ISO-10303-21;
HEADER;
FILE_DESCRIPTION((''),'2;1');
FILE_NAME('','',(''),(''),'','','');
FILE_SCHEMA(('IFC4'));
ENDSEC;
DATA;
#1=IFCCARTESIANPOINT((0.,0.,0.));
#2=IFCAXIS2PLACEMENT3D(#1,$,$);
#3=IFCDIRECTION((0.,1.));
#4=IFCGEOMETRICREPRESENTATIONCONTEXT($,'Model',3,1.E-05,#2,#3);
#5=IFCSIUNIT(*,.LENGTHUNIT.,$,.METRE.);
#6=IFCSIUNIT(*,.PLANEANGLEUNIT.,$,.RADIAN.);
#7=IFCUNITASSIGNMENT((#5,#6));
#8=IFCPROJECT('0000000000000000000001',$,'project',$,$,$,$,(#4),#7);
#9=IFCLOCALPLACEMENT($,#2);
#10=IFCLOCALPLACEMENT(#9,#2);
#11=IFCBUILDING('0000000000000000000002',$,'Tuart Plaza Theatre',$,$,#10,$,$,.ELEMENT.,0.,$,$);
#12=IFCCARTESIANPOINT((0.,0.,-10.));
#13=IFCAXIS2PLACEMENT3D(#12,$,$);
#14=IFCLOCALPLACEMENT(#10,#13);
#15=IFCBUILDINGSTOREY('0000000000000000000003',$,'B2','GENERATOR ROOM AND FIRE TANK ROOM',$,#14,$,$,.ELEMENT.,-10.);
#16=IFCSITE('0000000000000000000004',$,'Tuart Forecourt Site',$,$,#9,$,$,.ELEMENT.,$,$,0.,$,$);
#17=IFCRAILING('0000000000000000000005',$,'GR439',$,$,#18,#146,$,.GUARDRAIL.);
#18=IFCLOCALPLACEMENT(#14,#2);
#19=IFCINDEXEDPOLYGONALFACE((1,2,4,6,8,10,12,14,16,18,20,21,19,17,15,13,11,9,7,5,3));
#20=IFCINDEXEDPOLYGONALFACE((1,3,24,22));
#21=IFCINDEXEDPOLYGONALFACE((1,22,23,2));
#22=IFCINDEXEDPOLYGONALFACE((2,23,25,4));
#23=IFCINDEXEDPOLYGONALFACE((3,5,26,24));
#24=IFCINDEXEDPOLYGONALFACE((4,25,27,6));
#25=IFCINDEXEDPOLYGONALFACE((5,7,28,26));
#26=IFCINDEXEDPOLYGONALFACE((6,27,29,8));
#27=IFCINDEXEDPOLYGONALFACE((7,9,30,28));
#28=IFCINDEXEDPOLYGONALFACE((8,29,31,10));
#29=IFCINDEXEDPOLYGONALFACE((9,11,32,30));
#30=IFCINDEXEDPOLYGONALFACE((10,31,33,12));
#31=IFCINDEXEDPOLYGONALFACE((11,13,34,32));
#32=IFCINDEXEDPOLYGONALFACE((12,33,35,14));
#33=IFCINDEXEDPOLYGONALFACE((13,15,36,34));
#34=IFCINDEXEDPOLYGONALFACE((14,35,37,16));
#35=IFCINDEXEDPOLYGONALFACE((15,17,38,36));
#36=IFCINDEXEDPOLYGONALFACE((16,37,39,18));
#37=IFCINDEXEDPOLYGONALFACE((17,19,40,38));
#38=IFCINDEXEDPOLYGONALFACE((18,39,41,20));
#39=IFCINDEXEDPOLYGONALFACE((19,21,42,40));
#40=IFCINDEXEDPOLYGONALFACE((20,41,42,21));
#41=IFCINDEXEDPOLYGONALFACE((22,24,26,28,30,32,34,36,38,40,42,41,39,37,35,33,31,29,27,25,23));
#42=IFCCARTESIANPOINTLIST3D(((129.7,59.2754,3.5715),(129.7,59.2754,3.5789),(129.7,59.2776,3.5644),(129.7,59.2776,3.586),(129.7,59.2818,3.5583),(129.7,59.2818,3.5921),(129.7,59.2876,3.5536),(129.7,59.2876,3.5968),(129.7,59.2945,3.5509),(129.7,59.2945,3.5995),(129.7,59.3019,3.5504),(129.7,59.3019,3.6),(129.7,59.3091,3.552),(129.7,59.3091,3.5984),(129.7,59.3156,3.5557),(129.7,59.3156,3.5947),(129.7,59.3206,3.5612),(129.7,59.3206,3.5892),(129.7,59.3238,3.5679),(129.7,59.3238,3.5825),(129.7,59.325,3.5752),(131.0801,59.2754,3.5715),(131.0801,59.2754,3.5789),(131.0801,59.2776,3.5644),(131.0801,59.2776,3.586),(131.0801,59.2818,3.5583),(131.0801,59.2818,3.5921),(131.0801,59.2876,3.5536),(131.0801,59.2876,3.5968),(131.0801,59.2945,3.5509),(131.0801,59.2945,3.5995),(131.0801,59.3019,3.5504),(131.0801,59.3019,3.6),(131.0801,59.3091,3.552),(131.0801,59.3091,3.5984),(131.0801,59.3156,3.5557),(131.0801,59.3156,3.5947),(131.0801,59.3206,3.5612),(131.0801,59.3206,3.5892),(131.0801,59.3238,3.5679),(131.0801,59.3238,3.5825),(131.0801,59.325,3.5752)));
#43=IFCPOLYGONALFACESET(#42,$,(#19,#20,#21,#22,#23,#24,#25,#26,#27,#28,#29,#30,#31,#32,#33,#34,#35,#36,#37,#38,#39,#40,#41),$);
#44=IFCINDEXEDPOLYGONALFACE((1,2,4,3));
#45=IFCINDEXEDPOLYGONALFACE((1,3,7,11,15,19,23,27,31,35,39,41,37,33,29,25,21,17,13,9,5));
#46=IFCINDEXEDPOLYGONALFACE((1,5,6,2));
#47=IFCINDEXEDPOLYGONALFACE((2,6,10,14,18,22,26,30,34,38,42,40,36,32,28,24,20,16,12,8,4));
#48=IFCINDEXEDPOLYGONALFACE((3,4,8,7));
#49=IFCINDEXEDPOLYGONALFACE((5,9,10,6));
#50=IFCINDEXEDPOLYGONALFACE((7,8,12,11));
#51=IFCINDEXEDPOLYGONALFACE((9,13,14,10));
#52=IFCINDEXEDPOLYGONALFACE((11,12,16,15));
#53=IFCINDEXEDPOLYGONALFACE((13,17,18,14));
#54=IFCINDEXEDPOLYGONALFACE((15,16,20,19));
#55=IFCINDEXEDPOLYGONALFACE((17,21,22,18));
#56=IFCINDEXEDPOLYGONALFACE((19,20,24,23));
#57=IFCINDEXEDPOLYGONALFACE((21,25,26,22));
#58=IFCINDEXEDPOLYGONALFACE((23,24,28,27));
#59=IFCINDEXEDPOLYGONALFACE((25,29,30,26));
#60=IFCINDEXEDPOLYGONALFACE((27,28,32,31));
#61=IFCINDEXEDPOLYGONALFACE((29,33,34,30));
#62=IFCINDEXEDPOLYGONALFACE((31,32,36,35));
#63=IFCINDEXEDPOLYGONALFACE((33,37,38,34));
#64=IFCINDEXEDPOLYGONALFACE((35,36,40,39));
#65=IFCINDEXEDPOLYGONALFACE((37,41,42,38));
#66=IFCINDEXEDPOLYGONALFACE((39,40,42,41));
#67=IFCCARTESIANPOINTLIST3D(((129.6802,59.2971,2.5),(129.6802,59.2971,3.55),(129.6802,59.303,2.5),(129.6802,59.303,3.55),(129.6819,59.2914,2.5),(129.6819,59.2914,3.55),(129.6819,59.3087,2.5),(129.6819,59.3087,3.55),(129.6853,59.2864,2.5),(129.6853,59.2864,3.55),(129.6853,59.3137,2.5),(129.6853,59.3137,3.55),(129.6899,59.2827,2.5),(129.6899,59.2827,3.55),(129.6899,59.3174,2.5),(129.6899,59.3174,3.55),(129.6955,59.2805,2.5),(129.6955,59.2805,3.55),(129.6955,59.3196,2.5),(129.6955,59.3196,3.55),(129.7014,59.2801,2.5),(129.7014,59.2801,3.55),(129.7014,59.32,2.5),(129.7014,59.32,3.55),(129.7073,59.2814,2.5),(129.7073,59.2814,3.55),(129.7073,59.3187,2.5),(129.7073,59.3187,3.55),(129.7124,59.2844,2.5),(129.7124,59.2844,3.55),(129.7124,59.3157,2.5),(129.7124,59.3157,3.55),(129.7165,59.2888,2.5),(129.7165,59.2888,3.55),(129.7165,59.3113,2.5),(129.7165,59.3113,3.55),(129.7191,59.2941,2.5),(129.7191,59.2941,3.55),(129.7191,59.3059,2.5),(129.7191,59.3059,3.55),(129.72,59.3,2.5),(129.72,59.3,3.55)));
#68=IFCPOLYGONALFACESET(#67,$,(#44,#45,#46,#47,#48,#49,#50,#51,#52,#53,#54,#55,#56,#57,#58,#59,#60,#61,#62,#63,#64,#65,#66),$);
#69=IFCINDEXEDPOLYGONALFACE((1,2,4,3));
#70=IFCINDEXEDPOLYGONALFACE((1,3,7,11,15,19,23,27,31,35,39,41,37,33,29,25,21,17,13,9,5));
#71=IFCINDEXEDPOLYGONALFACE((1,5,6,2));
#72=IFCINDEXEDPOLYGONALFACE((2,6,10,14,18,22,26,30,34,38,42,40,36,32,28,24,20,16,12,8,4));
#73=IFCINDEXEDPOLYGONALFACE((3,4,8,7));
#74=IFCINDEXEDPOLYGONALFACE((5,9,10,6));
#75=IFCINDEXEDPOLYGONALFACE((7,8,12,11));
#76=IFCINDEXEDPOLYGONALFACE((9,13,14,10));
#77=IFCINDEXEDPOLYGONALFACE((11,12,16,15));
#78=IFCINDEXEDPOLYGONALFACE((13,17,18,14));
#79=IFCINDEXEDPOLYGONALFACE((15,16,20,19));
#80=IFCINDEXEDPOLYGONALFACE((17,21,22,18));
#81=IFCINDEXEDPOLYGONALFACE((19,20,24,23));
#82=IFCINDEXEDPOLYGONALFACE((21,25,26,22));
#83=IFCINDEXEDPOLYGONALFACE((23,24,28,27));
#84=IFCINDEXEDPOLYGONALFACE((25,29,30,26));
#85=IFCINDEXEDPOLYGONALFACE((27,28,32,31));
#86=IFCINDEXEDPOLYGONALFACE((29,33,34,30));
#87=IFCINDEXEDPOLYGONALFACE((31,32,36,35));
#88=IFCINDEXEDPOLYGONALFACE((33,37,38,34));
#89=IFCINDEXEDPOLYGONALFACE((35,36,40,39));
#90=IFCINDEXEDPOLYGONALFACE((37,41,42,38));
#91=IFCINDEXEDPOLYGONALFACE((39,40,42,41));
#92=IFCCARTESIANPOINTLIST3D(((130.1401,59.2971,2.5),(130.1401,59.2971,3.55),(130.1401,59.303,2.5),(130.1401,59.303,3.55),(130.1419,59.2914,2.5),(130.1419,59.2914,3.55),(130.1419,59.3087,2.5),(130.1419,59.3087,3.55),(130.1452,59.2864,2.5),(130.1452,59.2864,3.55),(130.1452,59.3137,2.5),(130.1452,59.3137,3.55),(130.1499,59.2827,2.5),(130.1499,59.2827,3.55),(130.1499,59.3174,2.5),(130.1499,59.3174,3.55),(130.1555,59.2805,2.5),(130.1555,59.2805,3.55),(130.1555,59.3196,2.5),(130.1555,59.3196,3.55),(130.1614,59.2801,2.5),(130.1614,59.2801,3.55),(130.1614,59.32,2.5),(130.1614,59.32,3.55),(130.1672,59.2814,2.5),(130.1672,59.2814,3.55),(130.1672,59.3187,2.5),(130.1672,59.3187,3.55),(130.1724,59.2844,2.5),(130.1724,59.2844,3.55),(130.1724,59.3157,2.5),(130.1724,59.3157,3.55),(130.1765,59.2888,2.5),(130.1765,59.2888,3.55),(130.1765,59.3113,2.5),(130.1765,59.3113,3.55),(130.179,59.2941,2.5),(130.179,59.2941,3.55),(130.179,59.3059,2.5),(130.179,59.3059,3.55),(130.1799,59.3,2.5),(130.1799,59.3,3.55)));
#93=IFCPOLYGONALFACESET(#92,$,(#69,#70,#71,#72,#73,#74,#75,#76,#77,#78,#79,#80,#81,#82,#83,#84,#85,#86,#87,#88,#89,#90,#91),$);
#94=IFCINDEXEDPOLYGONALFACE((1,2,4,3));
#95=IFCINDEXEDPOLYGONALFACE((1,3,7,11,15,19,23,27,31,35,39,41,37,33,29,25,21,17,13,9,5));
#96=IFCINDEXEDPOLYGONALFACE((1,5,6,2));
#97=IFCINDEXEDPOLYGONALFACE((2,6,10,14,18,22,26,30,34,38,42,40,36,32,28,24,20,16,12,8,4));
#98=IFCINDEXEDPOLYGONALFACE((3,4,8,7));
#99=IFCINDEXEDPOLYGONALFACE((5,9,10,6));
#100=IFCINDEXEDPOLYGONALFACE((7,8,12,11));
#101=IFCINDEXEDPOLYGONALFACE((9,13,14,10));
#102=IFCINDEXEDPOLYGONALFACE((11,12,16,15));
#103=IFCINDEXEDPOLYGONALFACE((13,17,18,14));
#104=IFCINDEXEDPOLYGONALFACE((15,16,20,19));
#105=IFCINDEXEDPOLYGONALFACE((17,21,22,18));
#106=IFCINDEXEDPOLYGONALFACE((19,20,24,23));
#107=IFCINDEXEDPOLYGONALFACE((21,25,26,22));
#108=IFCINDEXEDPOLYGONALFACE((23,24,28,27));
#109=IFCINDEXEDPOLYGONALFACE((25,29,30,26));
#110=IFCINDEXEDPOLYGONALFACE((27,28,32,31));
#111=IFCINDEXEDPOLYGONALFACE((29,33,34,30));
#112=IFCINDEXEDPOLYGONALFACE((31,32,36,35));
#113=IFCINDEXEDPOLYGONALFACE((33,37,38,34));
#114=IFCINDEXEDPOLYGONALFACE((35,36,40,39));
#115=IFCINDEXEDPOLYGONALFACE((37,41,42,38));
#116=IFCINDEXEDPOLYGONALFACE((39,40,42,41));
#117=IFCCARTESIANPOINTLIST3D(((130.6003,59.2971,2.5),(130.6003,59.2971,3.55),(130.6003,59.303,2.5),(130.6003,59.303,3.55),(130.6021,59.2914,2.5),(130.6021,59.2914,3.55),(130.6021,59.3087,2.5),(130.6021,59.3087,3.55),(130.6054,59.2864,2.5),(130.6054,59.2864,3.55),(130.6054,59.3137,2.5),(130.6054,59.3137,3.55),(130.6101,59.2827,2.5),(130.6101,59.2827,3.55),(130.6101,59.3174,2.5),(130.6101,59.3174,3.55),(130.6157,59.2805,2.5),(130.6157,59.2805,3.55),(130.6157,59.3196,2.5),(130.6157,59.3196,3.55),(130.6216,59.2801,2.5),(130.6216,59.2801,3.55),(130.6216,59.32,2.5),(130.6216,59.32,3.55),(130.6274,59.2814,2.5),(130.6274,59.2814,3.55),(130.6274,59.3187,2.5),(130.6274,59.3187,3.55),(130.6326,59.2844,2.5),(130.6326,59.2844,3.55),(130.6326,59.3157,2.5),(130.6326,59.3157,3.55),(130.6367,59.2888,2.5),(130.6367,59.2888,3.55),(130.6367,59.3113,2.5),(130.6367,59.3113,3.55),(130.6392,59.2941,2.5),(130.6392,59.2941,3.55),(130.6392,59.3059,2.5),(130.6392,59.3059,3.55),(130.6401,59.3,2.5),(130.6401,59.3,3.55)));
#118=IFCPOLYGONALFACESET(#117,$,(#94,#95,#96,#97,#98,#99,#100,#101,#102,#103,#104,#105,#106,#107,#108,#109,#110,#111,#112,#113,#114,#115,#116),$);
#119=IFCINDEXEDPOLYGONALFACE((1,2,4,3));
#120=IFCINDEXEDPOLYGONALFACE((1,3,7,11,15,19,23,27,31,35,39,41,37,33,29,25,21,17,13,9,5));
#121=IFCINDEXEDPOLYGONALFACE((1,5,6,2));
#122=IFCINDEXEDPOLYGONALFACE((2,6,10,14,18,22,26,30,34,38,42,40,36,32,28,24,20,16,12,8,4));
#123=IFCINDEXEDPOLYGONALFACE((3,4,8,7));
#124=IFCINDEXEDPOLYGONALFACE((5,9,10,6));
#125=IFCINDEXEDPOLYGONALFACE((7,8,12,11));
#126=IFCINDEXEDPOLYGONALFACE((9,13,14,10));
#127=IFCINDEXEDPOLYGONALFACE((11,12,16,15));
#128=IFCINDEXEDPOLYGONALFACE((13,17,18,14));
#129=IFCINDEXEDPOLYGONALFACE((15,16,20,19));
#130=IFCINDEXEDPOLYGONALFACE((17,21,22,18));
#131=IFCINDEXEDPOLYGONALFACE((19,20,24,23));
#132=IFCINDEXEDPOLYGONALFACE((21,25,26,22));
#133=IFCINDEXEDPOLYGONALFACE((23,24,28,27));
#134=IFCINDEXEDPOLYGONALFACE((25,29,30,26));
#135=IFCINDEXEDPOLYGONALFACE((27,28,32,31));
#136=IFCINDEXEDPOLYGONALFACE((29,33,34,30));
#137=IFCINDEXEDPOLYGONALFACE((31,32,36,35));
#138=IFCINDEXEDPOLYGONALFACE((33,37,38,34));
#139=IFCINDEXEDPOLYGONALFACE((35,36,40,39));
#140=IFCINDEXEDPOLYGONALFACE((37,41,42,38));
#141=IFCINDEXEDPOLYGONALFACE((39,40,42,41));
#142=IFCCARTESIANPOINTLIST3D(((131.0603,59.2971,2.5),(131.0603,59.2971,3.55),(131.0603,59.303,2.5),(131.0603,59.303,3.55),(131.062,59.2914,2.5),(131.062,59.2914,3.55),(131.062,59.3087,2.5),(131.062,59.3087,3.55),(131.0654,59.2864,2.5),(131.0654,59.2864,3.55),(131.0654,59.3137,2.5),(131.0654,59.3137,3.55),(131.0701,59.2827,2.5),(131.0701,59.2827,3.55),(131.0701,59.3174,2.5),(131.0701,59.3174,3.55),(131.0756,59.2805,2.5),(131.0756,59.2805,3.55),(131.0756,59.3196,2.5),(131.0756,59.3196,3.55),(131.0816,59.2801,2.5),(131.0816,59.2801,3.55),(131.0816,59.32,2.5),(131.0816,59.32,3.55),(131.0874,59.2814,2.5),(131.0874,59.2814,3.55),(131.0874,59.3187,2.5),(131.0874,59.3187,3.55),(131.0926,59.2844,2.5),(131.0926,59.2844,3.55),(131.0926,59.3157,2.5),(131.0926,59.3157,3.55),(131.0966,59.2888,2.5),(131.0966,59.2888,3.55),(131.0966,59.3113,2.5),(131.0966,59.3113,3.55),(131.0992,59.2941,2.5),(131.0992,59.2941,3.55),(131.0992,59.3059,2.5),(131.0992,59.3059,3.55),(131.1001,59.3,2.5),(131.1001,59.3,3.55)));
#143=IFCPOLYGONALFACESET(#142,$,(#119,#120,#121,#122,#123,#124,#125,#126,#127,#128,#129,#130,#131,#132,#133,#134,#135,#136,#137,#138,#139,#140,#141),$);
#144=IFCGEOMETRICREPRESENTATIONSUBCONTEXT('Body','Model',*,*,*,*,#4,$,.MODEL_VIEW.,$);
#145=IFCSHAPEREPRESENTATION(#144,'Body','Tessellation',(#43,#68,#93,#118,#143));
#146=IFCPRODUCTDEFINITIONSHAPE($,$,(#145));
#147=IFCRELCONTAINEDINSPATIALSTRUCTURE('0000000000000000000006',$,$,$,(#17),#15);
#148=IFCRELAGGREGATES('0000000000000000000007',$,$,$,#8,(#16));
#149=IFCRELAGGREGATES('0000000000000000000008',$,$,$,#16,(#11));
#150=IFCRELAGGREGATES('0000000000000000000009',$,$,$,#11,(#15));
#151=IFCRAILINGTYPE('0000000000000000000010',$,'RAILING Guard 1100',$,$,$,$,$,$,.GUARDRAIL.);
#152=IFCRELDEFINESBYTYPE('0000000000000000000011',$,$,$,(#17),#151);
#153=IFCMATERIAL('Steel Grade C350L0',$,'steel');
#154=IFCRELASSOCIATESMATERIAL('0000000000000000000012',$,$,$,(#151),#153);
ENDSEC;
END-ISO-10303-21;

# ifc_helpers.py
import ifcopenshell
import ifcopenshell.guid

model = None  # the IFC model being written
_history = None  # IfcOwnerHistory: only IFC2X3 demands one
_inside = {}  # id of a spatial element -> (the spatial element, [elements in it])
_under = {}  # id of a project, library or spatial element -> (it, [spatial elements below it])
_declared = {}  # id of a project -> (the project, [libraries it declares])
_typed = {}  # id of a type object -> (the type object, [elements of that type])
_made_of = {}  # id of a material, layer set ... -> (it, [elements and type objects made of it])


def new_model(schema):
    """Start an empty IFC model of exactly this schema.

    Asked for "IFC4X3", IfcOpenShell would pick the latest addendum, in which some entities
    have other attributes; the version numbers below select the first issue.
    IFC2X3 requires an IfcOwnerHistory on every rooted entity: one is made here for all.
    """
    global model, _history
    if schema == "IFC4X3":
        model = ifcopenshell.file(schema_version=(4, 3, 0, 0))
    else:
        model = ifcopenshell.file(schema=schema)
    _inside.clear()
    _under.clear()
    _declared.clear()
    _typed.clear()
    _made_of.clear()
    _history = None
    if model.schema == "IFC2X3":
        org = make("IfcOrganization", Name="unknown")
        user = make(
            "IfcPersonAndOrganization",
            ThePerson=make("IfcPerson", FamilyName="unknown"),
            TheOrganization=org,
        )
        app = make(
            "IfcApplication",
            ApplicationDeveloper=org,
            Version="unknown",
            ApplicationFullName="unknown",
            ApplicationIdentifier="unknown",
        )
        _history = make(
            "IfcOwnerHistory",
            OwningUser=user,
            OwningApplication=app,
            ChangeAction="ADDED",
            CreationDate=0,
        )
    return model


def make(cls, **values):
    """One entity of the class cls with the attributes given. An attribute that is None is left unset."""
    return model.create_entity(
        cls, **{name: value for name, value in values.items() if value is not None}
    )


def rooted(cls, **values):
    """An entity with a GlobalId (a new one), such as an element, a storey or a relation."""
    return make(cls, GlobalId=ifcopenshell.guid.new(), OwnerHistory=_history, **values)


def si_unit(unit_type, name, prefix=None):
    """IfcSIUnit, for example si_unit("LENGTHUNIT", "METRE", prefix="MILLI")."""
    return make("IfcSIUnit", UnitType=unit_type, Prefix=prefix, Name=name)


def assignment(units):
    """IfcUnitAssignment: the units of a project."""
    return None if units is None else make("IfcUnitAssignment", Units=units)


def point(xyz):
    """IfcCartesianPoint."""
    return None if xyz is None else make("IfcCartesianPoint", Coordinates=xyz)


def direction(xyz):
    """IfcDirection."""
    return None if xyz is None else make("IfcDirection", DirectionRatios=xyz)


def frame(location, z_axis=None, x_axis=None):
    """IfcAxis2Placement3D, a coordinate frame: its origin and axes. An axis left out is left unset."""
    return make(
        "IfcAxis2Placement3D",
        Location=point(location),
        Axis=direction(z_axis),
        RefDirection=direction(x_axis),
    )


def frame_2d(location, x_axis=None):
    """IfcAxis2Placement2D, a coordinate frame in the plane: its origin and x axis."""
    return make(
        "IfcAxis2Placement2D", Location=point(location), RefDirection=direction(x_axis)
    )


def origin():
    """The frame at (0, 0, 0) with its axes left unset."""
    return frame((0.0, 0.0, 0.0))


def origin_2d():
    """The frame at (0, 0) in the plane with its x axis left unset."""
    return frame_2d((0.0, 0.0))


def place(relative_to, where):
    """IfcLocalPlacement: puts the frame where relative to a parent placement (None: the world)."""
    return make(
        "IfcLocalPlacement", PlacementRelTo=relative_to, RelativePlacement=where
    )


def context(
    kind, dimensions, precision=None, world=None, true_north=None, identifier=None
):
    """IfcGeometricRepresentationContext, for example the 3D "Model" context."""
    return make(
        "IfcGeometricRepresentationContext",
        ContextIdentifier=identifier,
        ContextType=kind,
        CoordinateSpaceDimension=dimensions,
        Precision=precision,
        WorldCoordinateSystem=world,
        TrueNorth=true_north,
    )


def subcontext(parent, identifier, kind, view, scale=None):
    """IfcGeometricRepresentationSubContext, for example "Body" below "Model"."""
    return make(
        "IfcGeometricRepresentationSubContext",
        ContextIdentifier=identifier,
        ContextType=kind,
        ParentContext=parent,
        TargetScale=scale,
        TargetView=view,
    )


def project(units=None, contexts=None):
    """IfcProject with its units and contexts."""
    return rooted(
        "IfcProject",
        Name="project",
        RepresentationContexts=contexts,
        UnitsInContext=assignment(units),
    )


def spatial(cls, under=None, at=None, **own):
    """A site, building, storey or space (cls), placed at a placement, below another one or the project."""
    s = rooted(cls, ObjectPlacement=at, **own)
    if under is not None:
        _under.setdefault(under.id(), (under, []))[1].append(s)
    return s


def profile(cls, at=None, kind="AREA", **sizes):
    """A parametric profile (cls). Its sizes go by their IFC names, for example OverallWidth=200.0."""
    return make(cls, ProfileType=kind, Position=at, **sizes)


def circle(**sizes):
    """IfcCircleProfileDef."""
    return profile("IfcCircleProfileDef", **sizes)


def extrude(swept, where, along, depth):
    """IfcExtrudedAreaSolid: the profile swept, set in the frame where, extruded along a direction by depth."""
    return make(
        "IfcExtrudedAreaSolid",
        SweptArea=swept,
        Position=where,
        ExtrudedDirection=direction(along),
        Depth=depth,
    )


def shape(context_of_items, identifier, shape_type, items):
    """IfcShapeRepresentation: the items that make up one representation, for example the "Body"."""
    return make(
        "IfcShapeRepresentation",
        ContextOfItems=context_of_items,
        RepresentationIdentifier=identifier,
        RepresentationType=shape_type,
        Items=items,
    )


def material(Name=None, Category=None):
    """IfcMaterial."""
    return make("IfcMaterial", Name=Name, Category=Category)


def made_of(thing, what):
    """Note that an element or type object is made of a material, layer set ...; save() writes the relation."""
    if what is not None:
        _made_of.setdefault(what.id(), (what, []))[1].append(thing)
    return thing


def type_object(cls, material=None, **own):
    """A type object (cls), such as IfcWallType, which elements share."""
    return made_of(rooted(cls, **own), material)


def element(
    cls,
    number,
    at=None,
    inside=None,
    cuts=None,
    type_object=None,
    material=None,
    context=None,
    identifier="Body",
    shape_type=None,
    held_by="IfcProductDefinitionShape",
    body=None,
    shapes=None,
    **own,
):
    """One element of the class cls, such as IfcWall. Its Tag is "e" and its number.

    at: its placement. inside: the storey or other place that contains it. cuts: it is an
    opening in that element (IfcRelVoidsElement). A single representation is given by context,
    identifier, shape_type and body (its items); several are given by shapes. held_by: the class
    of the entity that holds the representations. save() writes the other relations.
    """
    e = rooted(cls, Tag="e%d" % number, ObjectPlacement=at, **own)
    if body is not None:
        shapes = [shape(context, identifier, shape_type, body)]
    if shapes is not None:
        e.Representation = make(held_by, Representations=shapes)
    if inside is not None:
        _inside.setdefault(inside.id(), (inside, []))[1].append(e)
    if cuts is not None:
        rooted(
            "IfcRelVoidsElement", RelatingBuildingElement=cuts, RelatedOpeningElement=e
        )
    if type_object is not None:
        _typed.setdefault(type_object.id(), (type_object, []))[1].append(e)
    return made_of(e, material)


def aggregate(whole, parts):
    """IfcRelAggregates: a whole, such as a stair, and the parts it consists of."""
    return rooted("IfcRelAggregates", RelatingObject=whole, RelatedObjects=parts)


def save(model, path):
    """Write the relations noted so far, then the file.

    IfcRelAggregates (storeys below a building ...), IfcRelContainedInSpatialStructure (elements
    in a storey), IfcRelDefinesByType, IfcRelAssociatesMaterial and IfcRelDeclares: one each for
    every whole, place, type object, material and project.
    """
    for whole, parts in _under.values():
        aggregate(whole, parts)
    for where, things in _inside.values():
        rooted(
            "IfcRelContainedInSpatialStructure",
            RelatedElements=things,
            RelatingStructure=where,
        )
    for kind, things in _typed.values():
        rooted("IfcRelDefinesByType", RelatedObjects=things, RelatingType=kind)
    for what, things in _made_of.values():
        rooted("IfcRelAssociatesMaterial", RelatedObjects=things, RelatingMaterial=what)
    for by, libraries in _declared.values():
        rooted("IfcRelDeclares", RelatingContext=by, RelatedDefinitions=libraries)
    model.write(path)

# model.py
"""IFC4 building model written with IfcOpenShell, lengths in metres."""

from ifc_helpers import new_model, si_unit, direction, frame, origin, origin_2d, place, context, subcontext, project, spatial, circle, extrude, material, type_object, element, save


model = new_model("IFC4")

# Units and contexts
model_context = context("Model", 3, precision=1e-05, world=origin(), true_north=direction((0.0, 1.0)))
body_context = subcontext(model_context, "Body", "Model", "MODEL_VIEW")
ifc_project = project(units=[si_unit("LENGTHUNIT", "METRE"), si_unit("PLANEANGLEUNIT", "RADIAN")], contexts=[model_context])

# Site, building, storey
site_placement = place(None, origin())
site = spatial("IfcSite", under=ifc_project, at=site_placement, Name="Tuart Forecourt Site", CompositionType="ELEMENT", RefElevation=0.0)
building_placement = place(site_placement, origin())
building = spatial("IfcBuilding", under=site, at=building_placement, Name="Tuart Plaza Theatre", CompositionType="ELEMENT", ElevationOfRefHeight=0.0)
storey_placement = place(building_placement, frame((0.0, 0.0, -10.0)))
storey = spatial("IfcBuildingStorey", under=building, at=storey_placement, Name="B2", Description="GENERATOR ROOM AND FIRE TANK ROOM", CompositionType="ELEMENT", Elevation=-10.0)

# Railing
ifc_material_1 = material(Name="Steel Grade C350L0", Category="steel")
railing_type_1 = type_object("IfcRailingType", Name="RAILING Guard 1100", PredefinedType="GUARDRAIL", material=ifc_material_1)
railing_1_placement = place(storey_placement, frame((129.7, 59.3, 2.5)))
element("IfcRailing", 1, at=railing_1_placement, inside=storey, type_object=railing_type_1, Name="GR439", PredefinedType="GUARDRAIL", context=body_context, shape_type="SweptSolid", body=[
    extrude(circle(Radius=0.0249, at=origin_2d()), frame((0.0, 0.0, 1.0752), z_axis=(1.0, 0.0, 0.0), x_axis=(0.0, 1.0, 0.0)), (0.0, 0.0, 1.0), 1.3801),
    extrude(circle(Radius=0.02, at=origin_2d()), origin(), (0.0, 0.0, 1.0), 1.05),
    extrude(circle(Radius=0.02, at=origin_2d()), frame((0.46, 0.0, 0.0)), (0.0, 0.0, 1.0), 1.05),
    extrude(circle(Radius=0.02, at=origin_2d()), frame((0.9202, 0.0, 0.0)), (0.0, 0.0, 1.0), 1.05),
    extrude(circle(Radius=0.02, at=origin_2d()), frame((1.3801, 0.0, 0.0)), (0.0, 0.0, 1.0), 1.05),
])

save(model, "model.ifc")
